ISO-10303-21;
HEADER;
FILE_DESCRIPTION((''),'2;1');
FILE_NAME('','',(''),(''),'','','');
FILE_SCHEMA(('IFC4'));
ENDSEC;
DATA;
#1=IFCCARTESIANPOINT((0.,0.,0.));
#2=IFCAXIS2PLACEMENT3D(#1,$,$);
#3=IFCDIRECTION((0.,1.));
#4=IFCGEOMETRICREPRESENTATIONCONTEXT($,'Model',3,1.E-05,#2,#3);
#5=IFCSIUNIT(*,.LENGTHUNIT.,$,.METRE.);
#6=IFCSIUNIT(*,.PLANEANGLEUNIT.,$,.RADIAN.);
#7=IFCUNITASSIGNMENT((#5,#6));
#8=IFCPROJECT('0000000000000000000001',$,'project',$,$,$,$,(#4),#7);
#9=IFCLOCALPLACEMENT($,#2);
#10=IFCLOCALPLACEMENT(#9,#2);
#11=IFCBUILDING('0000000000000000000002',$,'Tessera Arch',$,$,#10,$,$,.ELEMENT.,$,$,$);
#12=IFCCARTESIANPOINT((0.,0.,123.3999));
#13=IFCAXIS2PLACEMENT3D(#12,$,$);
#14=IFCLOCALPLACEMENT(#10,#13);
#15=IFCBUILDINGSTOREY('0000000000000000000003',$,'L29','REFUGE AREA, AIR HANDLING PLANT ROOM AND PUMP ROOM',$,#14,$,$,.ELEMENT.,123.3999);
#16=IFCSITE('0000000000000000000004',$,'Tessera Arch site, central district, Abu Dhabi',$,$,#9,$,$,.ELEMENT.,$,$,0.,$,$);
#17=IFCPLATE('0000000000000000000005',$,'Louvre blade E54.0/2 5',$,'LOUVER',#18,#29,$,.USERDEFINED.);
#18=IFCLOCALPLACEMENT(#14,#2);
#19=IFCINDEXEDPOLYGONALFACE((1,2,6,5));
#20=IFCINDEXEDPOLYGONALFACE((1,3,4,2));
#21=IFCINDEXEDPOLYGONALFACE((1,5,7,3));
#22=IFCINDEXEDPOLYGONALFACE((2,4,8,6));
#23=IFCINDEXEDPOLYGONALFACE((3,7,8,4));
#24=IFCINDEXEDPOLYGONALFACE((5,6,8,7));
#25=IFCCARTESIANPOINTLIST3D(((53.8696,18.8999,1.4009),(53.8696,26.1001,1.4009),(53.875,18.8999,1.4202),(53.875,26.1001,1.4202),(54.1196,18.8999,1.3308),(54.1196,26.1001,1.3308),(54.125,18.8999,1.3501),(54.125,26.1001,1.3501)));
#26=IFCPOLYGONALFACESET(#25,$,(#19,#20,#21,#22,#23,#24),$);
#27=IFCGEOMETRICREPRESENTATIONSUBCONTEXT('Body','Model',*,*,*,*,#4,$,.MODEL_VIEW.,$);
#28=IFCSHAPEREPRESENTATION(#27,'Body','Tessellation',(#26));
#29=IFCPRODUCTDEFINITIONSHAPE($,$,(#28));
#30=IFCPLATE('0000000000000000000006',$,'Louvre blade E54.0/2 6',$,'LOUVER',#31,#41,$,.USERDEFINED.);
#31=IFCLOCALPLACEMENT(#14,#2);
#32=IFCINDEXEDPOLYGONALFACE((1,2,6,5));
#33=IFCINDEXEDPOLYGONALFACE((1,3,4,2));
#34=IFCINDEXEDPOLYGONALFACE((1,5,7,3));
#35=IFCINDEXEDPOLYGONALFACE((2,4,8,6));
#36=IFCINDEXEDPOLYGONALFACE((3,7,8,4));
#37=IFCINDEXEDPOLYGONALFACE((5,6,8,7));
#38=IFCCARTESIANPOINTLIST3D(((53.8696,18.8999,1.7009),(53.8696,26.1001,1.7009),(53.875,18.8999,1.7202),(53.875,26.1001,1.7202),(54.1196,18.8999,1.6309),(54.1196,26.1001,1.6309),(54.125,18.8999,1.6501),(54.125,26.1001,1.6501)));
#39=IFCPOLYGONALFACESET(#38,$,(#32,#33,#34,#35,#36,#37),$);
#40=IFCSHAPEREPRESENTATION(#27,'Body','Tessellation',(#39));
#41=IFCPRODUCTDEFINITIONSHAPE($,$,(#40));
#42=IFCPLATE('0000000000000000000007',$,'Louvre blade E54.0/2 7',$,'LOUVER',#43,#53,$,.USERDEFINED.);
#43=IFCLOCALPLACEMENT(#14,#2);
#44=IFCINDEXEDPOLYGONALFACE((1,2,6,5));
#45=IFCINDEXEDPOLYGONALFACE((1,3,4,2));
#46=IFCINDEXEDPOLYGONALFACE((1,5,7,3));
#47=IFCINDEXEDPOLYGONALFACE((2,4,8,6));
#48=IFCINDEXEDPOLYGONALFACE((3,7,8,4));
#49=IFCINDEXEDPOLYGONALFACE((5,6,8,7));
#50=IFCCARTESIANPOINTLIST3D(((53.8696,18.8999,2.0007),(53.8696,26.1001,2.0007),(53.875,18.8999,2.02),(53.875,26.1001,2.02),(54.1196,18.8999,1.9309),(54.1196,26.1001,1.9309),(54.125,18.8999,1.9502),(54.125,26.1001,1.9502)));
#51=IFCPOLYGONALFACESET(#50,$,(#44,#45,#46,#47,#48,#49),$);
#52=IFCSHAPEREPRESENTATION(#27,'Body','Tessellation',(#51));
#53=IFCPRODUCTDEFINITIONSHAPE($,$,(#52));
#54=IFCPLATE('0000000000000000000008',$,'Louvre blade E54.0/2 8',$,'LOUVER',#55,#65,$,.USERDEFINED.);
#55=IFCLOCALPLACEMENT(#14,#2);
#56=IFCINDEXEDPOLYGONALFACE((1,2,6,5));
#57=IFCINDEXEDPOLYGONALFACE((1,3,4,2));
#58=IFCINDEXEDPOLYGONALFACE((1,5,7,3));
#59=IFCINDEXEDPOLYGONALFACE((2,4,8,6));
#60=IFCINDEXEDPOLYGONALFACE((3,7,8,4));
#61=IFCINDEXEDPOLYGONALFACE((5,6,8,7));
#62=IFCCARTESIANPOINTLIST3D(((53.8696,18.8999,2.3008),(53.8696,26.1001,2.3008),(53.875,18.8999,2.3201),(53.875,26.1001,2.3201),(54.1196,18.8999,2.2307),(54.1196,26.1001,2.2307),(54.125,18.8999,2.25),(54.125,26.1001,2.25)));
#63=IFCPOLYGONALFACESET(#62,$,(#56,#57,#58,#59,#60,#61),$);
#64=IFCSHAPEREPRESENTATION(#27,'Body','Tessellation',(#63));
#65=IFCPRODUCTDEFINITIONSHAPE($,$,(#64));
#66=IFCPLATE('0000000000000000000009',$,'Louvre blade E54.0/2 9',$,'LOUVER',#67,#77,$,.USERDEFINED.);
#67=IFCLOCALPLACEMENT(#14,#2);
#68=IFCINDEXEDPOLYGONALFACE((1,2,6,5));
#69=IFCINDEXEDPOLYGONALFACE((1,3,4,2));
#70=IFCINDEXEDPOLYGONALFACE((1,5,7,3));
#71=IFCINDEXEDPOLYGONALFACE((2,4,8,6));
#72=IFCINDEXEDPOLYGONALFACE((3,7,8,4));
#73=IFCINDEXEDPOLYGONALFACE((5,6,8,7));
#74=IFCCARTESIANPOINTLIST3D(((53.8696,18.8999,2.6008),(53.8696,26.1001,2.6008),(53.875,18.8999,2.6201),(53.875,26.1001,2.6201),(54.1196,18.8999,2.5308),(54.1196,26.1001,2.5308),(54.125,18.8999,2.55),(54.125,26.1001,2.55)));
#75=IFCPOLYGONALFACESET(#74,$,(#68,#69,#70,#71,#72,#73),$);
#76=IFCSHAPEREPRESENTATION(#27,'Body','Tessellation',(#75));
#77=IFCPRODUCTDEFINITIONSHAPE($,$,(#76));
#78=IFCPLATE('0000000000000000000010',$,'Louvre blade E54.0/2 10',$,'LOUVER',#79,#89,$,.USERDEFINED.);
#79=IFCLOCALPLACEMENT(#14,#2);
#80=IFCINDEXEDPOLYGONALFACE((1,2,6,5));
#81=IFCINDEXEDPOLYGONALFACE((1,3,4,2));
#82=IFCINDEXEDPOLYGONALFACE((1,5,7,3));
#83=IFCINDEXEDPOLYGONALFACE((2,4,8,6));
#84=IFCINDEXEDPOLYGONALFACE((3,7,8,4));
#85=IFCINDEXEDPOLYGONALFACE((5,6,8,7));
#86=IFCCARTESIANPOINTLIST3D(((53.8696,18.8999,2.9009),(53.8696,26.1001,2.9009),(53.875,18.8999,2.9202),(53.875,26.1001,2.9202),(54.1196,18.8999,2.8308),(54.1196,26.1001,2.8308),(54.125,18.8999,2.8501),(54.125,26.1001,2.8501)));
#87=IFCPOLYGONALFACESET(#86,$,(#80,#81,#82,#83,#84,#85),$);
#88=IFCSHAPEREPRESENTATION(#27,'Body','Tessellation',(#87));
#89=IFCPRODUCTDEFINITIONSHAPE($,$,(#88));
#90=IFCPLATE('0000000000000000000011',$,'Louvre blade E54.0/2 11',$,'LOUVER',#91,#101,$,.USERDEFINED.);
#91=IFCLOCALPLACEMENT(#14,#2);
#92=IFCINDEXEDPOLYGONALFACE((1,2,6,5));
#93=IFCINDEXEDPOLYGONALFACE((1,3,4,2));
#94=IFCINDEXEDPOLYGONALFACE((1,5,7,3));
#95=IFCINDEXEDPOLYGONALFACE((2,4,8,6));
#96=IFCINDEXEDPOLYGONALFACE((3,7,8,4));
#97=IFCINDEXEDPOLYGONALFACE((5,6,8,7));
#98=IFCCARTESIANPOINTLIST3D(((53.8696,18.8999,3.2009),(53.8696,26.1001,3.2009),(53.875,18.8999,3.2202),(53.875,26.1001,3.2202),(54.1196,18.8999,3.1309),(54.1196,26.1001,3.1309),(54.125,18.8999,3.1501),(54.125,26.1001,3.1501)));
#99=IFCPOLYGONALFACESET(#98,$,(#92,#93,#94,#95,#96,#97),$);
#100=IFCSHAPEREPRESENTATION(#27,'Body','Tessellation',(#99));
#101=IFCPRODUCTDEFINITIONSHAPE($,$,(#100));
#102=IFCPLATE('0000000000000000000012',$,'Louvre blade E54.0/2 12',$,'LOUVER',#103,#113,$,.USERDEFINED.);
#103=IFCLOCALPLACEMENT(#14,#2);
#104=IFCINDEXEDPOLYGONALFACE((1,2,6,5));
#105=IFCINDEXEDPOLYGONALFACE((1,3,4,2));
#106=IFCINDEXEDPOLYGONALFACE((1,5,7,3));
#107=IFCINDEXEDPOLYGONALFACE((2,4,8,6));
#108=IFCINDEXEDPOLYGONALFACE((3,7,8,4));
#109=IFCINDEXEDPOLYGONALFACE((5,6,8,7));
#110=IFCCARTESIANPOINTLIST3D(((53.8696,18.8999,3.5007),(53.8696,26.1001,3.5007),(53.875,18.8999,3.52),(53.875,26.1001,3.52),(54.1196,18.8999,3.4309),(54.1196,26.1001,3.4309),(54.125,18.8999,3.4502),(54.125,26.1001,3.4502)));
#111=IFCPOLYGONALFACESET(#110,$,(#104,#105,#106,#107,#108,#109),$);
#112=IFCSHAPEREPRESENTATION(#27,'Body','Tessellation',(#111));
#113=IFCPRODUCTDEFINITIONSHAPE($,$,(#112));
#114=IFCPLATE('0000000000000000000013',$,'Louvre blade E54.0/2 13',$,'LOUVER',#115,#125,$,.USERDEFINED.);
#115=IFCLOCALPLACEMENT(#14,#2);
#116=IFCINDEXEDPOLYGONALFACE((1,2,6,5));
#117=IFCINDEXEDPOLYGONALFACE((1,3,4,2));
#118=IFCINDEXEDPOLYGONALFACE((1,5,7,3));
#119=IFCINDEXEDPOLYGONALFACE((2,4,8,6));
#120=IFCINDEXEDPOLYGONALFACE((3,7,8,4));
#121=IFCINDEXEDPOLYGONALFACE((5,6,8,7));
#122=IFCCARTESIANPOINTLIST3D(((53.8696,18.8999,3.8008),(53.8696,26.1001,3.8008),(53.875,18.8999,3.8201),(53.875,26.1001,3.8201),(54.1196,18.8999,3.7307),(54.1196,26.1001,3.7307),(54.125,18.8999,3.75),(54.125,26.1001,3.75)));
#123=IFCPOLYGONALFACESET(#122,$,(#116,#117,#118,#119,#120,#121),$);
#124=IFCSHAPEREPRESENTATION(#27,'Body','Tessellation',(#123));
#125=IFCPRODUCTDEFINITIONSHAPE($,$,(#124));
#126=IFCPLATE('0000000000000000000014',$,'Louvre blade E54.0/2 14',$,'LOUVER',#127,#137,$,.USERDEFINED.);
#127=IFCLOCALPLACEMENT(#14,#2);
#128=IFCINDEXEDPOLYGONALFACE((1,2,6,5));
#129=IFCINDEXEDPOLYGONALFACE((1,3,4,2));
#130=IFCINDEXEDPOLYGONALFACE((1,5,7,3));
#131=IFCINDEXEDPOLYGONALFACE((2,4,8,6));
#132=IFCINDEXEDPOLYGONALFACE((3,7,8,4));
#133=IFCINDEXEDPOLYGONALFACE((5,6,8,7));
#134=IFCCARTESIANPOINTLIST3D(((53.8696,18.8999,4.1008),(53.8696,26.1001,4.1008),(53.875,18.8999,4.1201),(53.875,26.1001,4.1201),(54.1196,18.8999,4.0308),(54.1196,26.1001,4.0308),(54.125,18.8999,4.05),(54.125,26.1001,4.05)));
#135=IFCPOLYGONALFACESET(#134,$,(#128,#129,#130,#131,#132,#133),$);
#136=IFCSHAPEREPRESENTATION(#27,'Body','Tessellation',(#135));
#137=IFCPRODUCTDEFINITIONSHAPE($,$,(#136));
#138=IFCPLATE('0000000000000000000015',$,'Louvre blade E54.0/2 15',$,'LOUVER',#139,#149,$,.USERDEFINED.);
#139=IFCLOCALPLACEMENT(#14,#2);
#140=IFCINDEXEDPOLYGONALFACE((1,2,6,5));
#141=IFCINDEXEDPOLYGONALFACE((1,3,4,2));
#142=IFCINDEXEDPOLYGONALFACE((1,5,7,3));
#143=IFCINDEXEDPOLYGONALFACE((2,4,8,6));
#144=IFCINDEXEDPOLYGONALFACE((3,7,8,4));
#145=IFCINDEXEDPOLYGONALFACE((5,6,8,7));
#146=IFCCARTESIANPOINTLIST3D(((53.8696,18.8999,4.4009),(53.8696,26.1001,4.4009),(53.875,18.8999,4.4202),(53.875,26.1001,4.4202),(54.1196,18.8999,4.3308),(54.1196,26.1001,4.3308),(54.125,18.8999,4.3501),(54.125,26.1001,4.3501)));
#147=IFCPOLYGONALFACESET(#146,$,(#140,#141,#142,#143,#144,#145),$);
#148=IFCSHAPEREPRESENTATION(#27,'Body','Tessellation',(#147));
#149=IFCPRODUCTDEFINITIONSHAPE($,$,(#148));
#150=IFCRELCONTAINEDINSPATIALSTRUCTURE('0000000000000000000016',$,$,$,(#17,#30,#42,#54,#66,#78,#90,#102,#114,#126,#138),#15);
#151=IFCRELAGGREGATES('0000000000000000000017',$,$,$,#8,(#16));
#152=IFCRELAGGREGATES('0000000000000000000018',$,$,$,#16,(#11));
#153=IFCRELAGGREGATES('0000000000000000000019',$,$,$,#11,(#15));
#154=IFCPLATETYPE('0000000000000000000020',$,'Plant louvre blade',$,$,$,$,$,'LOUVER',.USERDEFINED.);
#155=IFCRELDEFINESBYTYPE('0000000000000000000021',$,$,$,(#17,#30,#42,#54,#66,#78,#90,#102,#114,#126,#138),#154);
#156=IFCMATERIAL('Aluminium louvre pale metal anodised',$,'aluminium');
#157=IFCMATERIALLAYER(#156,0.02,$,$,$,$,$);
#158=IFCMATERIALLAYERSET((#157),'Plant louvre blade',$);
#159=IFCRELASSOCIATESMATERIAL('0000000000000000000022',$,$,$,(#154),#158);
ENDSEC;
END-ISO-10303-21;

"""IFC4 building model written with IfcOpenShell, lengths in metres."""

from ifc_helpers import new_model, si_unit, direction, frame, origin, place, context, subcontext, project, spatial, polyline, outline, extrude, material, layer, layer_set, type_object, element, save


model = new_model("IFC4")

# Units and contexts
model_context = context("Model", 3, precision=1e-05, world=origin(), true_north=direction((0.0, 1.0)))
body_context = subcontext(model_context, "Body", "Model", "MODEL_VIEW")
ifc_project = project(units=[si_unit("LENGTHUNIT", "METRE"), si_unit("PLANEANGLEUNIT", "RADIAN")], contexts=[model_context])

# Site, building, storey
site_placement = place(None, origin())
site = spatial("IfcSite", under=ifc_project, at=site_placement, Name="Tessera Arch site, central district, Abu Dhabi", CompositionType="ELEMENT", RefElevation=0.0)
building_placement = place(site_placement, origin())
building = spatial("IfcBuilding", under=site, at=building_placement, Name="Tessera Arch", CompositionType="ELEMENT")
storey_placement = place(building_placement, frame((0.0, 0.0, 123.3999)))
storey = spatial("IfcBuildingStorey", under=building, at=storey_placement, Name="L29", Description="REFUGE AREA, AIR HANDLING PLANT ROOM AND PUMP ROOM", CompositionType="ELEMENT", Elevation=123.3999)

# Plates
ifc_material_1 = material(Name="Aluminium louvre pale metal anodised", Category="aluminium")
ifc_layer_1 = layer(ifc_material_1, 0.02)
ifc_layer_set_1 = layer_set([ifc_layer_1], Name="Plant louvre blade")
plate_type_1 = type_object("IfcPlateType", Name="Plant louvre blade", ElementType="LOUVER", PredefinedType="USERDEFINED", material=ifc_layer_set_1)
for number, where, z_axis, x_axis, name in (
    (1, (54.125, 18.8999, 1.3501), (0.269874, 0.0, 0.962896), (0.0, 1.0, 0.0), "Louvre blade E54.0/2 5"),
    (2, (54.125, 18.8999, 1.6501), (0.269874, 0.0, 0.962896), (0.0, 1.0, 0.0), "Louvre blade E54.0/2 6"),
):
    element("IfcPlate", number, at=place(storey_placement, frame(where, z_axis=z_axis, x_axis=x_axis)), inside=storey, type_object=plate_type_1, Name=name, ObjectType="LOUVER", PredefinedType="USERDEFINED", context=body_context, shape_type="SweptSolid", body=[
        extrude(outline(polyline([(0.0, 0.0), (7.2002, 0.0), (7.2002, 0.2596), (0.0, 0.2596), (0.0, 0.0)])), origin(), (0.0, 0.0, -1.0), 0.02),
    ])
plate_1_placement = place(storey_placement, frame((54.125, 18.8999, 1.9502), z_axis=(0.269002, 0.0, 0.96314), x_axis=(0.0, 1.0, 0.0)))
element("IfcPlate", 3, at=plate_1_placement, inside=storey, type_object=plate_type_1, Name="Louvre blade E54.0/2 7", ObjectType="LOUVER", PredefinedType="USERDEFINED", context=body_context, shape_type="SweptSolid", body=[
    extrude(outline(polyline([(0.0, 0.0), (7.2002, 0.0), (7.2002, 0.2596), (0.0, 0.2596), (0.0, 0.0)])), origin(), (0.0, 0.0, -1.0), 0.02),
])
for number, where, z_axis, x_axis, name in (
    (4, (54.125, 18.8999, 2.25), (0.269874, 0.0, 0.962896), (0.0, 1.0, 0.0), "Louvre blade E54.0/2 8"),
    (5, (54.125, 18.8999, 2.55), (0.269874, 0.0, 0.962896), (0.0, 1.0, 0.0), "Louvre blade E54.0/2 9"),
    (6, (54.125, 18.8999, 2.8501), (0.269874, 0.0, 0.962896), (0.0, 1.0, 0.0), "Louvre blade E54.0/2 10"),
    (7, (54.125, 18.8999, 3.1501), (0.269874, 0.0, 0.962896), (0.0, 1.0, 0.0), "Louvre blade E54.0/2 11"),
):
    element("IfcPlate", number, at=place(storey_placement, frame(where, z_axis=z_axis, x_axis=x_axis)), inside=storey, type_object=plate_type_1, Name=name, ObjectType="LOUVER", PredefinedType="USERDEFINED", context=body_context, shape_type="SweptSolid", body=[
        extrude(outline(polyline([(0.0, 0.0), (7.2002, 0.0), (7.2002, 0.2596), (0.0, 0.2596), (0.0, 0.0)])), origin(), (0.0, 0.0, -1.0), 0.02),
    ])
plate_2_placement = place(storey_placement, frame((54.125, 18.8999, 3.4502), z_axis=(0.269002, 0.0, 0.96314), x_axis=(0.0, 1.0, 0.0)))
element("IfcPlate", 8, at=plate_2_placement, inside=storey, type_object=plate_type_1, Name="Louvre blade E54.0/2 12", ObjectType="LOUVER", PredefinedType="USERDEFINED", context=body_context, shape_type="SweptSolid", body=[
    extrude(outline(polyline([(0.0, 0.0), (7.2002, 0.0), (7.2002, 0.2596), (0.0, 0.2596), (0.0, 0.0)])), origin(), (0.0, 0.0, -1.0), 0.02),
])
for number, where, z_axis, x_axis, name in (
    (9, (54.125, 18.8999, 3.75), (0.269874, 0.0, 0.962896), (0.0, 1.0, 0.0), "Louvre blade E54.0/2 13"),
    (10, (54.125, 18.8999, 4.05), (0.269874, 0.0, 0.962896), (0.0, 1.0, 0.0), "Louvre blade E54.0/2 14"),
    (11, (54.125, 18.8999, 4.3501), (0.269874, 0.0, 0.962896), (0.0, 1.0, 0.0), "Louvre blade E54.0/2 15"),
):
    element("IfcPlate", number, at=place(storey_placement, frame(where, z_axis=z_axis, x_axis=x_axis)), inside=storey, type_object=plate_type_1, Name=name, ObjectType="LOUVER", PredefinedType="USERDEFINED", context=body_context, shape_type="SweptSolid", body=[
        extrude(outline(polyline([(0.0, 0.0), (7.2002, 0.0), (7.2002, 0.2596), (0.0, 0.2596), (0.0, 0.0)])), origin(), (0.0, 0.0, -1.0), 0.02),
    ])

save(model, "model.ifc")
